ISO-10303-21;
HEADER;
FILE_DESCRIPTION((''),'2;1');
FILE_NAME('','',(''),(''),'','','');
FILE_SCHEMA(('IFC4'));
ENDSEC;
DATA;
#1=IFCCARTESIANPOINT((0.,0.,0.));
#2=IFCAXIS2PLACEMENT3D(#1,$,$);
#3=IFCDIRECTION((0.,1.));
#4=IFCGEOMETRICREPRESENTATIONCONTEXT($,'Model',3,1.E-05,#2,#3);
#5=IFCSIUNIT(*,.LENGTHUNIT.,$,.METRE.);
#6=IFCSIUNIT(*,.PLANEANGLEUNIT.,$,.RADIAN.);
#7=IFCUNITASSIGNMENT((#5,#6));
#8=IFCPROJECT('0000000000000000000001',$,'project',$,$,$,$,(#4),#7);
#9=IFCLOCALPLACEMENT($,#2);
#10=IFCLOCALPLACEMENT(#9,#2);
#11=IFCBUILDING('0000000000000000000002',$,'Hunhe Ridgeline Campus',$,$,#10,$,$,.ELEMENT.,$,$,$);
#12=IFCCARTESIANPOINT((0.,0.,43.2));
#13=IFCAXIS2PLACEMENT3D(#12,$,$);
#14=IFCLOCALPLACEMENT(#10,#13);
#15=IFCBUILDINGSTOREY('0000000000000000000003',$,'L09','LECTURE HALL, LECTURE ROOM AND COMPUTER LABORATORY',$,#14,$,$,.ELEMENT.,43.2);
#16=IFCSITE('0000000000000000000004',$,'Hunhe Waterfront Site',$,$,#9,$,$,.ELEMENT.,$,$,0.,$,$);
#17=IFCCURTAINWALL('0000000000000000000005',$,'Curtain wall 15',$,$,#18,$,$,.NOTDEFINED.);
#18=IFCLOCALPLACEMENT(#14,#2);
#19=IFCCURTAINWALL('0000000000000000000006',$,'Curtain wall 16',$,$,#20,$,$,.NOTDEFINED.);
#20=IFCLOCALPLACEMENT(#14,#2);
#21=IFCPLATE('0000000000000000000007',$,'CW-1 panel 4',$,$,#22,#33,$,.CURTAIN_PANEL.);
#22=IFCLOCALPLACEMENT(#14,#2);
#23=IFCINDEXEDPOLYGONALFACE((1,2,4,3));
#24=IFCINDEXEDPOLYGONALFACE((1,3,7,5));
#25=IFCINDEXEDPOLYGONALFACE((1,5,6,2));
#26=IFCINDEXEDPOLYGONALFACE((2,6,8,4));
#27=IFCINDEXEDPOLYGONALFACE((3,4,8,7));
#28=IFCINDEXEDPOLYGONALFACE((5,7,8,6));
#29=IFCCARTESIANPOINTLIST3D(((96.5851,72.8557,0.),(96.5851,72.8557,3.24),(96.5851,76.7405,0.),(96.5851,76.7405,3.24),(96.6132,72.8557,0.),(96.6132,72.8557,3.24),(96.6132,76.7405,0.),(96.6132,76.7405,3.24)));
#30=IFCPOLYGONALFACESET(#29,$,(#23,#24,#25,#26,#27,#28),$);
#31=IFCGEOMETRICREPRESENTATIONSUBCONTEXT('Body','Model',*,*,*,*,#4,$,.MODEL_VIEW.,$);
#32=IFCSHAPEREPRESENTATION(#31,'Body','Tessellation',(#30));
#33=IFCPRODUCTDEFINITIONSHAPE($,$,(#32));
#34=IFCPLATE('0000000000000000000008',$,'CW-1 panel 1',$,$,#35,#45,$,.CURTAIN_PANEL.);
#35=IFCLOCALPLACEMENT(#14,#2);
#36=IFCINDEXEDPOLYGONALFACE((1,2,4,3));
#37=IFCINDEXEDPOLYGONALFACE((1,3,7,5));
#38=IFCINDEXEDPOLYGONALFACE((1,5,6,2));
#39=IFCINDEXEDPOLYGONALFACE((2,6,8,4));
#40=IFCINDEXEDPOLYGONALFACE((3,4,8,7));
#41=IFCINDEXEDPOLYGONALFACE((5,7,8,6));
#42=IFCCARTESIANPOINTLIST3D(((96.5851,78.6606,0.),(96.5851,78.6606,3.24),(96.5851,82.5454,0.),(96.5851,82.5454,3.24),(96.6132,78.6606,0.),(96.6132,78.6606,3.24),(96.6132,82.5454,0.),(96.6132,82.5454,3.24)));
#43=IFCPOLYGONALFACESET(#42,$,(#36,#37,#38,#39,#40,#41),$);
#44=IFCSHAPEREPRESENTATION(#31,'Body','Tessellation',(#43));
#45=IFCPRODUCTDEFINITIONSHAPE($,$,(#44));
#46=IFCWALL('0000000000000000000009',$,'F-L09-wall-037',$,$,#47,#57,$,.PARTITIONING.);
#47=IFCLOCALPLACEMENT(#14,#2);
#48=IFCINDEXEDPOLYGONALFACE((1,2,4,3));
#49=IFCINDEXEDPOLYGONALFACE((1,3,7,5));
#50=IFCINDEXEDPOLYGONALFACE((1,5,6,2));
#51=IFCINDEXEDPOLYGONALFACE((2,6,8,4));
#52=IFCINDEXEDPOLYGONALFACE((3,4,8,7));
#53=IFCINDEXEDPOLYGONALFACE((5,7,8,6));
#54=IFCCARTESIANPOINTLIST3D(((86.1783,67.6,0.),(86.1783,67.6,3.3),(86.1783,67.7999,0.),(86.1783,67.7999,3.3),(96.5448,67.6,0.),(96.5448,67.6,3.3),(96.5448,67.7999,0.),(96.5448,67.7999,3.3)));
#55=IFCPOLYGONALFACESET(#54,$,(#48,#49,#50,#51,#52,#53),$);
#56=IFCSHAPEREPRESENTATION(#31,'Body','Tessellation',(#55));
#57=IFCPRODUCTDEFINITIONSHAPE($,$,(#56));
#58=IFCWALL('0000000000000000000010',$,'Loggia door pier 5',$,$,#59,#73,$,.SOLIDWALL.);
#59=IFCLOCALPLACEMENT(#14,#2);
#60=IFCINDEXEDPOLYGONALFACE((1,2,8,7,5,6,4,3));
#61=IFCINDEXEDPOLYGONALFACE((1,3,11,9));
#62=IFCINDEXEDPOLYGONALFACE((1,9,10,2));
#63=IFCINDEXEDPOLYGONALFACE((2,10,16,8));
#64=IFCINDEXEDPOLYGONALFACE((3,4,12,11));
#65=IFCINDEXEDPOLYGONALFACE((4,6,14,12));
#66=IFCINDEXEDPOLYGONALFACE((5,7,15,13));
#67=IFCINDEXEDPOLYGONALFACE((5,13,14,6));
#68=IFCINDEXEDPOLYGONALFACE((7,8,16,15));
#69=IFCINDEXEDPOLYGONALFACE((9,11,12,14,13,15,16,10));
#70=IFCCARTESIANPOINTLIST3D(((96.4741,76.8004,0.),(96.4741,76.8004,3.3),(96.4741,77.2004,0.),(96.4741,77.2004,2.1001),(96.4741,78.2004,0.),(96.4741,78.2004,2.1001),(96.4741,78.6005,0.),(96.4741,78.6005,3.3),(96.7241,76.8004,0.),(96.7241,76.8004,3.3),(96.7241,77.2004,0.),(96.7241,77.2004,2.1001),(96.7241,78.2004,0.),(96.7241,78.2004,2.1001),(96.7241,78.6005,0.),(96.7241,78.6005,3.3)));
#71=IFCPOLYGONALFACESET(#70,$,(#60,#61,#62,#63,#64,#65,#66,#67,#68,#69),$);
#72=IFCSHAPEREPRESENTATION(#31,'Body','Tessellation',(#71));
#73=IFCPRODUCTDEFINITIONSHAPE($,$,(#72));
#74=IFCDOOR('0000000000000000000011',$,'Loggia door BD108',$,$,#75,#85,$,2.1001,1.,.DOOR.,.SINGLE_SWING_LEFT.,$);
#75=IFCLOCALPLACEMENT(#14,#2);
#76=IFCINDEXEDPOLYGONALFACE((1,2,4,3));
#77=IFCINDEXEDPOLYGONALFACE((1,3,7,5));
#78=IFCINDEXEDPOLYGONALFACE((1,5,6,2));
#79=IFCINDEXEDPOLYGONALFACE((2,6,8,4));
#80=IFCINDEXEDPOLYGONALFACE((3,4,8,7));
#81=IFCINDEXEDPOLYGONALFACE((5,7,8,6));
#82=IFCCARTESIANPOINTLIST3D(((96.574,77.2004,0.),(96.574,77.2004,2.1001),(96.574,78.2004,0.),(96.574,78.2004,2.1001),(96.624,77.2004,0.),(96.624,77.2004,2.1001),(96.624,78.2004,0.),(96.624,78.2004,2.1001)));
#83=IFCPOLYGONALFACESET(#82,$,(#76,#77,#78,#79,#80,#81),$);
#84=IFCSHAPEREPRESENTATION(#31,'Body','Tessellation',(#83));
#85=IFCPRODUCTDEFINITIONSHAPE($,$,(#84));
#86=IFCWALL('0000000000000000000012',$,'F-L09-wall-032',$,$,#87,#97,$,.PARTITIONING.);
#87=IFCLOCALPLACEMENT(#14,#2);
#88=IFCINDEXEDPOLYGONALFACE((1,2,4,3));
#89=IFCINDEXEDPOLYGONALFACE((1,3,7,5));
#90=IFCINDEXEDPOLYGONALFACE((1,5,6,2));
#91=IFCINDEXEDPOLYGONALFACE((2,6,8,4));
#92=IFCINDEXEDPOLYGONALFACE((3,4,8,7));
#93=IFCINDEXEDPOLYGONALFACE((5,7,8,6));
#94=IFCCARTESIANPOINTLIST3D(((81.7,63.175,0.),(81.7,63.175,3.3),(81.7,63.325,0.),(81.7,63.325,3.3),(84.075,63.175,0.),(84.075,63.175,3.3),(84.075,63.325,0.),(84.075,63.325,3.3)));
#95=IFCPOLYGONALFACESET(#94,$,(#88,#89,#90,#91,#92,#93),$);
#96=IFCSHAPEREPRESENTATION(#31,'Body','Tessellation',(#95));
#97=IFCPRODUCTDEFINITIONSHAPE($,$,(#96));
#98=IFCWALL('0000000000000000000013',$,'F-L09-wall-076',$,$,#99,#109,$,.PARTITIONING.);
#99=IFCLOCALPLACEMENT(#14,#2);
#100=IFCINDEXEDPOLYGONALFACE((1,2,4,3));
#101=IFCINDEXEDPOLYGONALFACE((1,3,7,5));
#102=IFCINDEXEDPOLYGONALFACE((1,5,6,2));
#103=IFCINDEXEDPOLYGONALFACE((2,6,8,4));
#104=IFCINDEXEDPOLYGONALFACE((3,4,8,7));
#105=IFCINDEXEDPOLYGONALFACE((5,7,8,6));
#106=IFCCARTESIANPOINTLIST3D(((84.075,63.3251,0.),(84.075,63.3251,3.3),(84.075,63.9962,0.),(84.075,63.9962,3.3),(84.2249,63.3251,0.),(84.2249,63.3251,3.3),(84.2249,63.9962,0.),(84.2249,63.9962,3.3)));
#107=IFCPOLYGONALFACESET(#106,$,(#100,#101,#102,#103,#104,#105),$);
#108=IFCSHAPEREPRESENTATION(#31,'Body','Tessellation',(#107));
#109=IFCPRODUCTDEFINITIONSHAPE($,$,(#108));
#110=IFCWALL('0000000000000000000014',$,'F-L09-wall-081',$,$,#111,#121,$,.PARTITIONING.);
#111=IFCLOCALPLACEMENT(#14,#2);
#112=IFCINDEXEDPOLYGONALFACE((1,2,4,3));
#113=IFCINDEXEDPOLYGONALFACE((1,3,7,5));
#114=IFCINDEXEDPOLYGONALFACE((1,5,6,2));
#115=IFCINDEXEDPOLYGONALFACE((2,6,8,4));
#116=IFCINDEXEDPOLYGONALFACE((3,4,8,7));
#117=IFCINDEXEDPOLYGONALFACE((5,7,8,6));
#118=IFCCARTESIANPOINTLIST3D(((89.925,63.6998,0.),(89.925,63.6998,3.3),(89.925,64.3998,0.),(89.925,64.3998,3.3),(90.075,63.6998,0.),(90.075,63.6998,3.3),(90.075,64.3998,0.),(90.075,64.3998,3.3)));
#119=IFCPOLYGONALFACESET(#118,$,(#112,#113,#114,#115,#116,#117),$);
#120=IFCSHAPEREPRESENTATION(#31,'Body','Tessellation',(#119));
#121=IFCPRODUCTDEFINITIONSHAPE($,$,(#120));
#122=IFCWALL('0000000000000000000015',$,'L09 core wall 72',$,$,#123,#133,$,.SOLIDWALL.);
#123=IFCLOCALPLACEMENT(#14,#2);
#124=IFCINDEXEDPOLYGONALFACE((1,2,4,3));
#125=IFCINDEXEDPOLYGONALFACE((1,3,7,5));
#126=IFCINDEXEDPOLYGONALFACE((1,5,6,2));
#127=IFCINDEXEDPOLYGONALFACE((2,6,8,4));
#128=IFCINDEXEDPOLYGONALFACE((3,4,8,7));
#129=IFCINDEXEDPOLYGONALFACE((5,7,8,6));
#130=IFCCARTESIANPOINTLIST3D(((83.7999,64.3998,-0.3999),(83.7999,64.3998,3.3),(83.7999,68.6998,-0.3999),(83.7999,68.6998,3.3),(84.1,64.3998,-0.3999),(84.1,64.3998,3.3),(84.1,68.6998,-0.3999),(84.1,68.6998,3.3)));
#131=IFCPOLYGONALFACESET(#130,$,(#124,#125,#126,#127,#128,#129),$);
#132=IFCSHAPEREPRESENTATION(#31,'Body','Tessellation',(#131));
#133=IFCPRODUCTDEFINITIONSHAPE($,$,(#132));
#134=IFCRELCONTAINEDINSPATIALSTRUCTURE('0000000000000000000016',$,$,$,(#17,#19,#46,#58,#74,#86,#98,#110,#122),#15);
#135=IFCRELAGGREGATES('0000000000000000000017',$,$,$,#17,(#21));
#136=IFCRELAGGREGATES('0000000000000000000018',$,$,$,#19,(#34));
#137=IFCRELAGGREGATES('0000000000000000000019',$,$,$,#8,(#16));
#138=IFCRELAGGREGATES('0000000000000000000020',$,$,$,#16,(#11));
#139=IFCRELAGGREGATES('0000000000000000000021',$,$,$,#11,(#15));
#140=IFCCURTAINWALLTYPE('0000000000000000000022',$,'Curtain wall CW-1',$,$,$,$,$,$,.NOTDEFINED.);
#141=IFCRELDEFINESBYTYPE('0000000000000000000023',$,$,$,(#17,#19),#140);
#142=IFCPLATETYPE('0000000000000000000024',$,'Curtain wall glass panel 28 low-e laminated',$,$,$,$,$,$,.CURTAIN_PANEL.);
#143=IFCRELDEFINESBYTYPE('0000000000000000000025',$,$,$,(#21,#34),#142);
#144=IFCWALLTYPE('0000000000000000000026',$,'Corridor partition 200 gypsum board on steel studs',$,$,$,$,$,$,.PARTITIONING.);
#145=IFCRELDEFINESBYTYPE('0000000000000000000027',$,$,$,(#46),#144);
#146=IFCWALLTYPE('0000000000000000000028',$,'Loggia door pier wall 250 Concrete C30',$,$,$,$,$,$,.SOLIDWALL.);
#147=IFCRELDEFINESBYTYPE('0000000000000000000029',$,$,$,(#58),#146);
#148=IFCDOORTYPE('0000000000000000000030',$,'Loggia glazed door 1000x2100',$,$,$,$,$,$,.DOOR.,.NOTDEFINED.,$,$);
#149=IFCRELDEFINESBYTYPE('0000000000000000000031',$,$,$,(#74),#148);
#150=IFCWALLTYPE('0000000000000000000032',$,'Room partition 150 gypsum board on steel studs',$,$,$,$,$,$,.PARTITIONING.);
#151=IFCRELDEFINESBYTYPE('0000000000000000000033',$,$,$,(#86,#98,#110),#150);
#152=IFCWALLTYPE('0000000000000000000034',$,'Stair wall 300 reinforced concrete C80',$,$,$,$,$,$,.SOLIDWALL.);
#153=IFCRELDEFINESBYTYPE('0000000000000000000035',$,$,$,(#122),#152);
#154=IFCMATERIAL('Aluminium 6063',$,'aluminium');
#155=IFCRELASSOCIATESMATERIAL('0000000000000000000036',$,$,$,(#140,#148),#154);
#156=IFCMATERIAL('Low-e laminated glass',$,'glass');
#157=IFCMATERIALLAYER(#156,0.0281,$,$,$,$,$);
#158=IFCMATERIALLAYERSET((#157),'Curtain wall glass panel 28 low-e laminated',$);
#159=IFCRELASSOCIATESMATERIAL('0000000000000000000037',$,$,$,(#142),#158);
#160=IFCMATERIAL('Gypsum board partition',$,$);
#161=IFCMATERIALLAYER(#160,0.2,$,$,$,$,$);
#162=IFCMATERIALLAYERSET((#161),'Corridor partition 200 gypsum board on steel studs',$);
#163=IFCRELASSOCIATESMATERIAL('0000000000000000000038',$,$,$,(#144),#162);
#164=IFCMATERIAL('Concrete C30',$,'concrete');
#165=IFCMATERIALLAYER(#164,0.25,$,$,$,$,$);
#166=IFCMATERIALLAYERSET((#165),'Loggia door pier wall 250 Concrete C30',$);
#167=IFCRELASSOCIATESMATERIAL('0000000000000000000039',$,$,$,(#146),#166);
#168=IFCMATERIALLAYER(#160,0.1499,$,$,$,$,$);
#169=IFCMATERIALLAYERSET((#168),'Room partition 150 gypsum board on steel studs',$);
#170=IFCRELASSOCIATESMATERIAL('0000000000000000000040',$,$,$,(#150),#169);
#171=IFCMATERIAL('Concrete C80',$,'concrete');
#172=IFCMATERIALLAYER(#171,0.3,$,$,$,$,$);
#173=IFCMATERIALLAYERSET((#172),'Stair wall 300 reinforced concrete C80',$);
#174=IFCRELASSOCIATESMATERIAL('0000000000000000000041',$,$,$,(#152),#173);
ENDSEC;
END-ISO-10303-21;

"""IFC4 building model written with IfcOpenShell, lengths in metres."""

from ifc_helpers import new_model, si_unit, direction, frame, frame_2d, origin, origin_2d, place, context, subcontext, project, spatial, rectangle, extrude, material, layer, layer_set, type_object, element, fill, aggregate, save


model = new_model("IFC4")

# Units and contexts
model_context = context("Model", 3, precision=1e-05, world=origin(), true_north=direction((0.0, 1.0)))
body_context = subcontext(model_context, "Body", "Model", "MODEL_VIEW")
ifc_project = project(units=[si_unit("LENGTHUNIT", "METRE"), si_unit("PLANEANGLEUNIT", "RADIAN")], contexts=[model_context])

# Site, building, storey
site_placement = place(None, origin())
site = spatial("IfcSite", under=ifc_project, at=site_placement, Name="Hunhe Waterfront Site", CompositionType="ELEMENT", RefElevation=0.0)
building_placement = place(site_placement, origin())
building = spatial("IfcBuilding", under=site, at=building_placement, Name="Hunhe Ridgeline Campus", CompositionType="ELEMENT")
storey_placement = place(building_placement, frame((0.0, 0.0, 43.2)))
storey = spatial("IfcBuildingStorey", under=building, at=storey_placement, Name="L09", Description="LECTURE HALL, LECTURE ROOM AND COMPUTER LABORATORY", CompositionType="ELEMENT", Elevation=43.2)

# Shared definitions
ifc_material_1 = material(Name="Concrete C80", Category="concrete")

# Curtain walls
ifc_material_2 = material(Name="Aluminium 6063", Category="aluminium")
curtain_wall_type = type_object("IfcCurtainWallType", Name="Curtain wall CW-1", PredefinedType="NOTDEFINED", material=ifc_material_2)
curtain_wall_1_placement = place(storey_placement, origin())
curtain_wall_1 = element("IfcCurtainWall", 1, at=curtain_wall_1_placement, inside=storey, type_object=curtain_wall_type, Name="Curtain wall 15", PredefinedType="NOTDEFINED")
curtain_wall_2_placement = place(storey_placement, origin())
curtain_wall_2 = element("IfcCurtainWall", 2, at=curtain_wall_2_placement, inside=storey, type_object=curtain_wall_type, Name="Curtain wall 16", PredefinedType="NOTDEFINED")

# Plates
ifc_material_3 = material(Name="Low-e laminated glass", Category="glass")
ifc_layer_1 = layer(ifc_material_3, 0.0281)
ifc_layer_set_1 = layer_set([ifc_layer_1], Name="Curtain wall glass panel 28 low-e laminated")
plate_type = type_object("IfcPlateType", Name="Curtain wall glass panel 28 low-e laminated", PredefinedType="CURTAIN_PANEL", material=ifc_layer_set_1)
plate_1_placement = place(storey_placement, frame((96.5991, 74.7981, 0.0), z_axis=(0.0, 0.0, 1.0), x_axis=(0.0, 1.0, 0.0)))
plate_1 = element("IfcPlate", 3, at=plate_1_placement, type_object=plate_type, Name="CW-1 panel 4", PredefinedType="CURTAIN_PANEL", context=body_context, shape_type="SweptSolid", body=[
    extrude(rectangle(XDim=3.8848, YDim=0.0281, at=origin_2d()), origin(), (0.0, 0.0, 1.0), 3.24),
])
aggregate(curtain_wall_1, [plate_1])
plate_2_placement = place(storey_placement, frame((96.5991, 80.603, 0.0), z_axis=(0.0, 0.0, 1.0), x_axis=(0.0, 1.0, 0.0)))
plate_2 = element("IfcPlate", 4, at=plate_2_placement, type_object=plate_type, Name="CW-1 panel 1", PredefinedType="CURTAIN_PANEL", context=body_context, shape_type="SweptSolid", body=[
    extrude(rectangle(XDim=3.8848, YDim=0.0281, at=origin_2d()), origin(), (0.0, 0.0, 1.0), 3.24),
])
aggregate(curtain_wall_2, [plate_2])

# Shared definitions
ifc_material_4 = material(Name="Gypsum board partition")
ifc_layer_2 = layer(ifc_material_4, 0.2)
ifc_layer_set_2 = layer_set([ifc_layer_2], Name="Corridor partition 200 gypsum board on steel studs")
wall_type_1 = type_object("IfcWallType", Name="Corridor partition 200 gypsum board on steel studs", PredefinedType="PARTITIONING", material=ifc_layer_set_2)

# Wall
wall_1_placement = place(storey_placement, frame((86.1785, 67.7, 0.0), z_axis=(0.0, 0.0, 1.0), x_axis=(1.0, 0.0, 0.0)))
element("IfcWall", 5, at=wall_1_placement, inside=storey, type_object=wall_type_1, Name="F-L09-wall-037", PredefinedType="PARTITIONING", context=body_context, shape_type="SweptSolid", body=[
    extrude(rectangle(XDim=10.3665, YDim=0.2, at=frame_2d((5.1831, 0.0))), origin(), (0.0, 0.0, 1.0), 3.3),
])

# Wall, opening, door
ifc_material_5 = material(Name="Concrete C30", Category="concrete")
ifc_layer_3 = layer(ifc_material_5, 0.25)
ifc_layer_set_3 = layer_set([ifc_layer_3], Name="Loggia door pier wall 250 Concrete C30")
wall_type_2 = type_object("IfcWallType", Name="Loggia door pier wall 250 Concrete C30", PredefinedType="SOLIDWALL", material=ifc_layer_set_3)
wall_2_placement = place(storey_placement, frame((96.5991, 76.8005, 0.0), z_axis=(0.0, 0.0, 1.0), x_axis=(0.0, 1.0, 0.0)))
wall_2 = element("IfcWall", 6, at=wall_2_placement, inside=storey, type_object=wall_type_2, Name="Loggia door pier 5", PredefinedType="SOLIDWALL", context=body_context, shape_type="SweptSolid", body=[
    extrude(rectangle(XDim=1.8, YDim=0.25, at=frame_2d((0.8999, 0.0))), origin(), (0.0, 0.0, 1.0), 3.3),
])
opening_1_placement = place(wall_2_placement, frame((0.3999, 0.0, 0.0)))
opening_1 = element("IfcOpeningElement", 7, at=opening_1_placement, cuts=wall_2, PredefinedType="OPENING", context=body_context, shape_type="SweptSolid", body=[
    extrude(rectangle(XDim=1.0, YDim=2.1001, at=frame_2d((0.5, 1.05))), frame((0.0, 0.125, 0.0), z_axis=(0.0, -1.0, 0.0), x_axis=(1.0, 0.0, 0.0)), (0.0, 0.0, 1.0), 0.25),
])
door_type_1 = type_object("IfcDoorType", Name="Loggia glazed door 1000x2100", OperationType="NOTDEFINED", PredefinedType="DOOR", material=ifc_material_2)
door_1_placement = place(opening_1_placement, frame((1.0, 0.0, 0.0), z_axis=(0.0, 0.0, 1.0), x_axis=(-1.0, 0.0, 0.0)))
door_1 = element("IfcDoor", 8, at=door_1_placement, inside=storey, type_object=door_type_1, Name="Loggia door BD108", OperationType="SINGLE_SWING_LEFT", OverallHeight=2.1001, OverallWidth=1.0, PredefinedType="DOOR", context=body_context, shape_type="SweptSolid", body=[
    extrude(rectangle(XDim=1.0, YDim=2.1001, at=frame_2d((0.5, 1.05))), frame((0.0, 0.0249, 0.0), z_axis=(0.0, -1.0, 0.0), x_axis=(1.0, 0.0, 0.0)), (0.0, 0.0, 1.0), 0.05),
])
fill(opening_1, door_1)

# Walls
ifc_layer_4 = layer(ifc_material_4, 0.1499)
ifc_layer_set_4 = layer_set([ifc_layer_4], Name="Room partition 150 gypsum board on steel studs")
wall_type_3 = type_object("IfcWallType", Name="Room partition 150 gypsum board on steel studs", PredefinedType="PARTITIONING", material=ifc_layer_set_4)
wall_3_placement = place(storey_placement, frame((81.7, 63.25, 0.0), z_axis=(0.0, 0.0, 1.0), x_axis=(1.0, 0.0, 0.0)))
element("IfcWall", 9, at=wall_3_placement, inside=storey, type_object=wall_type_3, Name="F-L09-wall-032", PredefinedType="PARTITIONING", context=body_context, shape_type="SweptSolid", body=[
    extrude(rectangle(XDim=2.375, YDim=0.1499, at=frame_2d((1.1875, 0.0))), origin(), (0.0, 0.0, 1.0), 3.3),
])
wall_4_placement = place(storey_placement, frame((84.1499, 63.9961, 0.0), z_axis=(0.0, 0.0, 1.0), x_axis=(0.0, -1.0, 0.0)))
element("IfcWall", 10, at=wall_4_placement, inside=storey, type_object=wall_type_3, Name="F-L09-wall-076", PredefinedType="PARTITIONING", context=body_context, shape_type="SweptSolid", body=[
    extrude(rectangle(XDim=0.6711, YDim=0.1499, at=frame_2d((0.3354, 0.0))), origin(), (0.0, 0.0, 1.0), 3.3),
])
wall_5_placement = place(storey_placement, frame((90.0, 64.3999, 0.0), z_axis=(0.0, 0.0, 1.0), x_axis=(0.0, -1.0, 0.0)))
element("IfcWall", 11, at=wall_5_placement, inside=storey, type_object=wall_type_3, Name="F-L09-wall-081", PredefinedType="PARTITIONING", context=body_context, shape_type="SweptSolid", body=[
    extrude(rectangle(XDim=0.7, YDim=0.1499, at=frame_2d((0.3501, 0.0))), origin(), (0.0, 0.0, 1.0), 3.3),
])
ifc_layer_5 = layer(ifc_material_1, 0.3)
ifc_layer_set_5 = layer_set([ifc_layer_5], Name="Stair wall 300 reinforced concrete C80")
wall_type_4 = type_object("IfcWallType", Name="Stair wall 300 reinforced concrete C80", PredefinedType="SOLIDWALL", material=ifc_layer_set_5)
wall_6_placement = place(storey_placement, frame((83.95, 64.3999, -0.3999), z_axis=(0.0, 0.0, 1.0), x_axis=(0.0, 1.0, 0.0)))
element("IfcWall", 12, at=wall_6_placement, inside=storey, type_object=wall_type_4, Name="L09 core wall 72", PredefinedType="SOLIDWALL", context=body_context, shape_type="SweptSolid", body=[
    extrude(rectangle(XDim=4.3, YDim=0.3, at=frame_2d((2.1499, 0.0))), origin(), (0.0, 0.0, 1.0), 3.7),
])

save(model, "model.ifc")
